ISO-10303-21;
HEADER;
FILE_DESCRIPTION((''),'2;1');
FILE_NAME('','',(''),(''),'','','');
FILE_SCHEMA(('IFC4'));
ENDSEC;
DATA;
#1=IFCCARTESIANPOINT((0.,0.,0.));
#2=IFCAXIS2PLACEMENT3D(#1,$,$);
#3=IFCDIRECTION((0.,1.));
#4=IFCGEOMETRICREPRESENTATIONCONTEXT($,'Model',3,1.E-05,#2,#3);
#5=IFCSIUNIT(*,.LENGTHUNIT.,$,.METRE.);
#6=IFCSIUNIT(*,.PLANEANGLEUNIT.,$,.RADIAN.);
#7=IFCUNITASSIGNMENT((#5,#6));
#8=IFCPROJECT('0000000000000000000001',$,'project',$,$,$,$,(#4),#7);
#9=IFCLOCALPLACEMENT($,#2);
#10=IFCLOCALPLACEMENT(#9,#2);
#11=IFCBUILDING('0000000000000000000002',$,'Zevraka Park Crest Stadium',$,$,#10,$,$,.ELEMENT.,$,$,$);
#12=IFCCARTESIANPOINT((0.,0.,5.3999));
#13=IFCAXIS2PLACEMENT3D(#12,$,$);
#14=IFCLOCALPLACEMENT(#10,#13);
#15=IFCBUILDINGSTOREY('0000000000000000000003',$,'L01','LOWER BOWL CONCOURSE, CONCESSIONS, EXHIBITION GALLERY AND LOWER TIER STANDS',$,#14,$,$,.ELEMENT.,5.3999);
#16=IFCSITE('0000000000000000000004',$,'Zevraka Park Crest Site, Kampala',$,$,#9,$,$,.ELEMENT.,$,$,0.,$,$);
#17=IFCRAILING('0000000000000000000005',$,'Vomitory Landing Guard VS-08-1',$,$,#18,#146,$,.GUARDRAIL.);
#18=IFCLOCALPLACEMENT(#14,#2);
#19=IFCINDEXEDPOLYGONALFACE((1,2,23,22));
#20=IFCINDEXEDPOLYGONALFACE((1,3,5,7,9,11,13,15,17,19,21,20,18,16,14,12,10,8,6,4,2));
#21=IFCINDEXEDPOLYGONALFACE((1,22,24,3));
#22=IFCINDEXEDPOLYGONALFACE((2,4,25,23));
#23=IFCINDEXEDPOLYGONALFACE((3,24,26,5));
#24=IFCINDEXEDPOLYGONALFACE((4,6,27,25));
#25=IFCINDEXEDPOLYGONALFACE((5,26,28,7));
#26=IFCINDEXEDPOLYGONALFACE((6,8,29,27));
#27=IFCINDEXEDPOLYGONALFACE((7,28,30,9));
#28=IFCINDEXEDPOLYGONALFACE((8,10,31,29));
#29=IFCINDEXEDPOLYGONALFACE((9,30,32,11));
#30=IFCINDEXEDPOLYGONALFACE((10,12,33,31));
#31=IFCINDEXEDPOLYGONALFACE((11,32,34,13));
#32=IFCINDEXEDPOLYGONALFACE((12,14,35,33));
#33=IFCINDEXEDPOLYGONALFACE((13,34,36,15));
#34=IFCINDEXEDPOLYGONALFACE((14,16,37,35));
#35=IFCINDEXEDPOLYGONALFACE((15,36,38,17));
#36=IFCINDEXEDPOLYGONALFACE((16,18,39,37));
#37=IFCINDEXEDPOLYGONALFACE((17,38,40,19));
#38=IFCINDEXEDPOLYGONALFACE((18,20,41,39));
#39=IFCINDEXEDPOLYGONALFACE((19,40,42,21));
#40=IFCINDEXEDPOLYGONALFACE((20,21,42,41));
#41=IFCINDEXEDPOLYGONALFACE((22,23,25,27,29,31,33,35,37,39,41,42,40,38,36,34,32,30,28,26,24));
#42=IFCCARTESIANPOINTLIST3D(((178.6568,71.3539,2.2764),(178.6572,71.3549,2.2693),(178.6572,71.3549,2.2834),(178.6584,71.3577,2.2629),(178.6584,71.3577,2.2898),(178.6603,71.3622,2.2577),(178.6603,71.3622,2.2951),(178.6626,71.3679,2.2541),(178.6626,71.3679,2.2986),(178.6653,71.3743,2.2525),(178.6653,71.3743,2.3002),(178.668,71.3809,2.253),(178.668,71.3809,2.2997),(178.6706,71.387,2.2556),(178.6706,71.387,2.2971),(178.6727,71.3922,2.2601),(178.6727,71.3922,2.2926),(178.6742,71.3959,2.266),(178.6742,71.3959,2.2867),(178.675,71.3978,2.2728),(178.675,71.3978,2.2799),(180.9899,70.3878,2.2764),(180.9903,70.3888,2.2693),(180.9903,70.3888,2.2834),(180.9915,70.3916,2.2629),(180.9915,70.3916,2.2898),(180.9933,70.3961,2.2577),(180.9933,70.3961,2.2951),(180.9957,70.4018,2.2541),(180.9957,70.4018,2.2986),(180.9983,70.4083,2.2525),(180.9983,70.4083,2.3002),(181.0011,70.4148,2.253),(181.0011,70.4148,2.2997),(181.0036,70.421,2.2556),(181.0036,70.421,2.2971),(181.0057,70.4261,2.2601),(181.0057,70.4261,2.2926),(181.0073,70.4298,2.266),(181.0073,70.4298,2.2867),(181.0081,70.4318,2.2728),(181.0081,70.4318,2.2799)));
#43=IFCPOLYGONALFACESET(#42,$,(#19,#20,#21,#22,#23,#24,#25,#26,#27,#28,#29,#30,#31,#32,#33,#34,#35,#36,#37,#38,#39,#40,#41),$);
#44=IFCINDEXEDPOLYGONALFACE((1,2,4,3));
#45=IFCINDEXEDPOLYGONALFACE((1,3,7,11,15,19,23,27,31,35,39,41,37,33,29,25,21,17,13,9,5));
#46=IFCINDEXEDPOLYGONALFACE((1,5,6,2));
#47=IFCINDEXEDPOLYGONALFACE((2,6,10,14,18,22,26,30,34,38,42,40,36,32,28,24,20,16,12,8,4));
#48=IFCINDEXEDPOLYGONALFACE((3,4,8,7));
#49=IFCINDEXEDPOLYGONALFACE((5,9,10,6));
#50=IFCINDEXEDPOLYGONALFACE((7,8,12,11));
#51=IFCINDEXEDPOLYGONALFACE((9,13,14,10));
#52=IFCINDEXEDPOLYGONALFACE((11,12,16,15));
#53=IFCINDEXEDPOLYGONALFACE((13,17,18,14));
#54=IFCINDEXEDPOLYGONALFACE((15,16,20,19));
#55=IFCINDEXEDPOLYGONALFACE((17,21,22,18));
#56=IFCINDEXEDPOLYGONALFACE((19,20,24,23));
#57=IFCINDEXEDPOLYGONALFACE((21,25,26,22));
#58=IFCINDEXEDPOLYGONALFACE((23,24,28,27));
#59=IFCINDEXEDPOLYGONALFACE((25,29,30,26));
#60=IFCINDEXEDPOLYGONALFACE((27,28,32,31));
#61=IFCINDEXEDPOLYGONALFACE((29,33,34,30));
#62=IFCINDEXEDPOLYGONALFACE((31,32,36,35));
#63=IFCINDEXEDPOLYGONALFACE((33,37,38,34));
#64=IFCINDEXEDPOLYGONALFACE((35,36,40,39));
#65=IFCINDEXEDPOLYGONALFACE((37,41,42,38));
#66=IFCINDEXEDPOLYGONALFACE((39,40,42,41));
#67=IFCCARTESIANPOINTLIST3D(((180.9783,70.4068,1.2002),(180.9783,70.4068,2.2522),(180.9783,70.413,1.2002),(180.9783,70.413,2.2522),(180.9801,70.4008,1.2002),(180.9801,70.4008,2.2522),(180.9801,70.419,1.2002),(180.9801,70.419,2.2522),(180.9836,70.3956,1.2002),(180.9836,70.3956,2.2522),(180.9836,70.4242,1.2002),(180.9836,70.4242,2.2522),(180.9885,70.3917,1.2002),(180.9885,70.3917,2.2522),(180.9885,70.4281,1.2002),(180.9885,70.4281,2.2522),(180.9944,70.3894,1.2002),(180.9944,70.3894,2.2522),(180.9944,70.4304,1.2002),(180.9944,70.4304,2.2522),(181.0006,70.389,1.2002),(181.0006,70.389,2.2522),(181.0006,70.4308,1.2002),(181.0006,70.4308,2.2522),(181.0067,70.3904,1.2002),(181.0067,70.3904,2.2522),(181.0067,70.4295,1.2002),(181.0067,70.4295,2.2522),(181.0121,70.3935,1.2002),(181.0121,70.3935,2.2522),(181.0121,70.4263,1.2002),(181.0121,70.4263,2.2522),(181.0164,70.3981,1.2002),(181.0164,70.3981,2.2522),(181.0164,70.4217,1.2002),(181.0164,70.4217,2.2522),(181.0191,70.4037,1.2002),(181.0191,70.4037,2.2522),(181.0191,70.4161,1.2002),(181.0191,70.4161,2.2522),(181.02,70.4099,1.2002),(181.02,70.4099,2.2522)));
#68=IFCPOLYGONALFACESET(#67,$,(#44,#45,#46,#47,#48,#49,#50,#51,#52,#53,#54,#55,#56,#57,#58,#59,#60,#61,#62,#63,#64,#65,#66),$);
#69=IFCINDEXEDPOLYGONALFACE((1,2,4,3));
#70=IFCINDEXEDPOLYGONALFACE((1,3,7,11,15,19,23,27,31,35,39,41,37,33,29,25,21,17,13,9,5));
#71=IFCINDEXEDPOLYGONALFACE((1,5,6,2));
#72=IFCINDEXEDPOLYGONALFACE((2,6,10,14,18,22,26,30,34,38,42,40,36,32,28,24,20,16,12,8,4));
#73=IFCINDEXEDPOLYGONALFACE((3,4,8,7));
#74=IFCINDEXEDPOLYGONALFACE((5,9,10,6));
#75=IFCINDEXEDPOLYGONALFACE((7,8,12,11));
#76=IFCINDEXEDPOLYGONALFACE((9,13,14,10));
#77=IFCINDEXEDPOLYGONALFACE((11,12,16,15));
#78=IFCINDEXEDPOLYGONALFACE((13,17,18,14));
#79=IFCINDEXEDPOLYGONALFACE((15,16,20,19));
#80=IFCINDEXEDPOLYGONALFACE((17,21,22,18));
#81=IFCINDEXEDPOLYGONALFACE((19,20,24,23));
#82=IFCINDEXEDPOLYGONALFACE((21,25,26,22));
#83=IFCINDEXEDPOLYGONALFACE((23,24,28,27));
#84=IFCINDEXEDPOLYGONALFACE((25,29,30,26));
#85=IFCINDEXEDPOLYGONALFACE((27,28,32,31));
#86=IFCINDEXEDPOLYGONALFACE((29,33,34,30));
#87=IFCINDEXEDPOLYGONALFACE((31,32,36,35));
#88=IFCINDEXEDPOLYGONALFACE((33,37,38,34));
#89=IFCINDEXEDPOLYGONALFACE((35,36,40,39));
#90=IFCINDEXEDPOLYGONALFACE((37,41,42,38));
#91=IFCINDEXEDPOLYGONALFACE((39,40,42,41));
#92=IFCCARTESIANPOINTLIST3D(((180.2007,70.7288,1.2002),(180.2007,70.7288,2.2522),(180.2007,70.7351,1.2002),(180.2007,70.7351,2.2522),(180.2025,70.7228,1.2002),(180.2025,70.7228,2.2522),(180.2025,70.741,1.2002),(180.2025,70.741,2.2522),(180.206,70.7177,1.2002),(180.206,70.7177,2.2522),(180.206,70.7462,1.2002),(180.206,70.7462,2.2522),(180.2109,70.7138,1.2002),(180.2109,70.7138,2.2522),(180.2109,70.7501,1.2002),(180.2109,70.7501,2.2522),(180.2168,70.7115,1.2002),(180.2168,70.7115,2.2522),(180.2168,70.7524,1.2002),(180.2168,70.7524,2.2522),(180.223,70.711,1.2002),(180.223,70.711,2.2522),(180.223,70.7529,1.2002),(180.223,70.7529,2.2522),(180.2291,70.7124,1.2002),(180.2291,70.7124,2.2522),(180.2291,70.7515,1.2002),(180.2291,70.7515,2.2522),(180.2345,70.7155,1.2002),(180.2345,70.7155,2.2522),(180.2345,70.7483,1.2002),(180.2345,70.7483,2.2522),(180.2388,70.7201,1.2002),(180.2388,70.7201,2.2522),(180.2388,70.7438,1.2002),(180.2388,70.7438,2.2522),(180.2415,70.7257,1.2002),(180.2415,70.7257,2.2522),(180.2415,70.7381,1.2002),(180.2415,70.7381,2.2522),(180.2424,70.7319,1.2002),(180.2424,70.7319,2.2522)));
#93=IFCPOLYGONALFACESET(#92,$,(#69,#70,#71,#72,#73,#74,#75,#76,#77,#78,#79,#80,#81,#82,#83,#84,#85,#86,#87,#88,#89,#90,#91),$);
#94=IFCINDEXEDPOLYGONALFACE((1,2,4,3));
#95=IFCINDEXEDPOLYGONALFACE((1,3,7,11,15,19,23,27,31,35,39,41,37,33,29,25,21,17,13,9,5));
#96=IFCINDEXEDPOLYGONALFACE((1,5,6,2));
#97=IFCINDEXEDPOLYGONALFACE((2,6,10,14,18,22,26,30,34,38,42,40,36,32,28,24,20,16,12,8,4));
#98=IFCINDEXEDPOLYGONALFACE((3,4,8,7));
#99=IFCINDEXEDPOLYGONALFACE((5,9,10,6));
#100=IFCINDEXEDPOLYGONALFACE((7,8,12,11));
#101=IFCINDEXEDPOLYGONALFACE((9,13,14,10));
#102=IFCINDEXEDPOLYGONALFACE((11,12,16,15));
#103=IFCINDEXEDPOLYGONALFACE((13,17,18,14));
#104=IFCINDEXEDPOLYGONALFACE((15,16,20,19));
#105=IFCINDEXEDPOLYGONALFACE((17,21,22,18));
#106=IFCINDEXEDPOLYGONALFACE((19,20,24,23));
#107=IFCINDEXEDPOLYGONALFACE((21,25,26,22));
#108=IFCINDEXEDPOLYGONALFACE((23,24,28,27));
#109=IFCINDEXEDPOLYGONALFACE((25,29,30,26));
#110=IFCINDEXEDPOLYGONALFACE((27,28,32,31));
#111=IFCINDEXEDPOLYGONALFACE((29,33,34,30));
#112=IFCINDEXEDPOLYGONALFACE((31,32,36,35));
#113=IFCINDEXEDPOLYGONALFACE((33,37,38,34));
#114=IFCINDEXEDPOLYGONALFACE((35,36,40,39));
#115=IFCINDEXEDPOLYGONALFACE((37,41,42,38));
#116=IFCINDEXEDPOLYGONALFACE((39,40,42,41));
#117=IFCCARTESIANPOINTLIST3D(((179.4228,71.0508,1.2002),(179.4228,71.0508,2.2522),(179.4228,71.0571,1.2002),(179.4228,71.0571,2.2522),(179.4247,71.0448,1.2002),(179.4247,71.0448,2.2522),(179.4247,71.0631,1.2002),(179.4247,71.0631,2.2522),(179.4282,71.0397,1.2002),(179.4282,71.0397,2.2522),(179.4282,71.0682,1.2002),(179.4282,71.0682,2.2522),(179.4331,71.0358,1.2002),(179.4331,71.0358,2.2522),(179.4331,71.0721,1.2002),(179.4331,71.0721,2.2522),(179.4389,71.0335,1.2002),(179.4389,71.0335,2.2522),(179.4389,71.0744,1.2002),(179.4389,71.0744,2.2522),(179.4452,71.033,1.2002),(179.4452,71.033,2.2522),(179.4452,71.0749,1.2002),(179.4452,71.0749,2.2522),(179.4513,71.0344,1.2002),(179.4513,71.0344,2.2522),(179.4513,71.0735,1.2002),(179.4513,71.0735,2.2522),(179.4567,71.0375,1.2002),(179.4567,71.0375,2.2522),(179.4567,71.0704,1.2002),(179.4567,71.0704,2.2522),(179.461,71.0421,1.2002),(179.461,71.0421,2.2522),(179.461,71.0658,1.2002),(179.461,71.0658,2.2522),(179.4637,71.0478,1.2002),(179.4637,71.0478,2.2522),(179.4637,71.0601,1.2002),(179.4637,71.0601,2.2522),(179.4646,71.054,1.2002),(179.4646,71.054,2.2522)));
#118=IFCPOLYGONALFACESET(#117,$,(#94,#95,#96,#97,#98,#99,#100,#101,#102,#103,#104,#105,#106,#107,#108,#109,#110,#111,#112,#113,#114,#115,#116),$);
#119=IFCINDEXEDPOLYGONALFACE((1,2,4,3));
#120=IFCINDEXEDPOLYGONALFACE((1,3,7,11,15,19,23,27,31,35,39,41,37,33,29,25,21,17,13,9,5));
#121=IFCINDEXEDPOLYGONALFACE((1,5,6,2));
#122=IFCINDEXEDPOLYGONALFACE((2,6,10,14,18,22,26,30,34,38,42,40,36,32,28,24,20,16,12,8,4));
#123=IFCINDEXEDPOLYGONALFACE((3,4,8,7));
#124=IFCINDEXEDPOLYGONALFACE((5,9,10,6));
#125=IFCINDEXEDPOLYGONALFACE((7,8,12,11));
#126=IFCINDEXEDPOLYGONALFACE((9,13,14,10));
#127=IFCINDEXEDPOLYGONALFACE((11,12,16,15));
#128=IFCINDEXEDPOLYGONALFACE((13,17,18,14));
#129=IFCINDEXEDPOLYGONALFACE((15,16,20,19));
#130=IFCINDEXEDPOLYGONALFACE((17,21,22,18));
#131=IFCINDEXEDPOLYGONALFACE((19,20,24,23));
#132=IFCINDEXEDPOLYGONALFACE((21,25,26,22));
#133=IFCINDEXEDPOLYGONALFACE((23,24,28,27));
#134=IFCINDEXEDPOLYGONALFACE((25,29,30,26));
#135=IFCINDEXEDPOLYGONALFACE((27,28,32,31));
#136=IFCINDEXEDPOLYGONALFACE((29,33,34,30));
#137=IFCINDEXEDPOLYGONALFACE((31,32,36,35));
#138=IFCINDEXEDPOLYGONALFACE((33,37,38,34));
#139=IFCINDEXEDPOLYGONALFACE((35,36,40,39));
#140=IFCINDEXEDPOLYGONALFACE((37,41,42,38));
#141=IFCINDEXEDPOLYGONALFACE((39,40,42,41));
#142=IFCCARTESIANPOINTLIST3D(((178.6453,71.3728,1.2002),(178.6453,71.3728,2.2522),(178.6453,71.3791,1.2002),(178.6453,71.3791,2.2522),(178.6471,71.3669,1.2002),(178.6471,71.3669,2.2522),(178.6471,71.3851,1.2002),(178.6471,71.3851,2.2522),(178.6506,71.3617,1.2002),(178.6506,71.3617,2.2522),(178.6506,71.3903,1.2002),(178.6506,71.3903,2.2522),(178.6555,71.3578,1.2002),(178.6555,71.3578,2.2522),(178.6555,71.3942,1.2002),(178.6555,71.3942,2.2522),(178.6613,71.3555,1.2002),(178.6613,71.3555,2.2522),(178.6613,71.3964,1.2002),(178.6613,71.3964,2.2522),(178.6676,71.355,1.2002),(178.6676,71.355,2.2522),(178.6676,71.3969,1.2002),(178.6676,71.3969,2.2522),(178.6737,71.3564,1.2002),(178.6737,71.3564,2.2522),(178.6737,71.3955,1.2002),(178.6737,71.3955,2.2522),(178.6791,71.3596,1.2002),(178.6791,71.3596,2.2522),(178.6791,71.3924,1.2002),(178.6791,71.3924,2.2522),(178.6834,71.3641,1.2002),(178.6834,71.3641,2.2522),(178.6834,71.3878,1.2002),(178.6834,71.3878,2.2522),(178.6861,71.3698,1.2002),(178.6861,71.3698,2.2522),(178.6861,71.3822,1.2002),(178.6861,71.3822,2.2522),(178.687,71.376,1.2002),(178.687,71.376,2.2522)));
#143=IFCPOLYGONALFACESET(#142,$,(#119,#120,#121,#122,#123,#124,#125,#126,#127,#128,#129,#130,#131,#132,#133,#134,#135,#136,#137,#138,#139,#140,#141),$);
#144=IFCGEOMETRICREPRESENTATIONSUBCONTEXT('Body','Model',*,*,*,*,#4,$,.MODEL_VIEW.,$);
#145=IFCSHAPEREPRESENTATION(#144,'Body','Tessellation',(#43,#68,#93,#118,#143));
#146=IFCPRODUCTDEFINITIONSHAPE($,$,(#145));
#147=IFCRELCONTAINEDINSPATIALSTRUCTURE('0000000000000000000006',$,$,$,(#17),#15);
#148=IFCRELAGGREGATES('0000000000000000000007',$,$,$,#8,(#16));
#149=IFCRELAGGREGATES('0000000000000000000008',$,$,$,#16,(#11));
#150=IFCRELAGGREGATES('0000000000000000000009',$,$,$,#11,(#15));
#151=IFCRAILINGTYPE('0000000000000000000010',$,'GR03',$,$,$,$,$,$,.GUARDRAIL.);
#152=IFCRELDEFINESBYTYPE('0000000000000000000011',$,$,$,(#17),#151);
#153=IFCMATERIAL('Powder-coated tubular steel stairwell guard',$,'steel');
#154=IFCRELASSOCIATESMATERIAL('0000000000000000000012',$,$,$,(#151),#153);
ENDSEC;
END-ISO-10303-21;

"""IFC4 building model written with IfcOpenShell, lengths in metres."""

from ifc_helpers import new_model, si_unit, direction, frame, origin, origin_2d, place, context, subcontext, project, spatial, circle, extrude, material, type_object, element, save


model = new_model("IFC4")

# Units and contexts
model_context = context("Model", 3, precision=1e-05, world=origin(), true_north=direction((0.0, 1.0)))
body_context = subcontext(model_context, "Body", "Model", "MODEL_VIEW")
ifc_project = project(units=[si_unit("LENGTHUNIT", "METRE"), si_unit("PLANEANGLEUNIT", "RADIAN")], contexts=[model_context])

# Site, building, storey
site_placement = place(None, origin())
site = spatial("IfcSite", under=ifc_project, at=site_placement, Name="Zevraka Park Crest Site, Kampala", CompositionType="ELEMENT", RefElevation=0.0)
building_placement = place(site_placement, origin())
building = spatial("IfcBuilding", under=site, at=building_placement, Name="Zevraka Park Crest Stadium", CompositionType="ELEMENT")
storey_placement = place(building_placement, frame((0.0, 0.0, 5.3999)))
storey = spatial("IfcBuildingStorey", under=building, at=storey_placement, Name="L01", Description="LOWER BOWL CONCOURSE, CONCESSIONS, EXHIBITION GALLERY AND LOWER TIER STANDS", CompositionType="ELEMENT", Elevation=5.3999)

# Railing
ifc_material_1 = material(Name="Powder-coated tubular steel stairwell guard", Category="steel")
railing_type_1 = type_object("IfcRailingType", Name="GR03", PredefinedType="GUARDRAIL", material=ifc_material_1)
railing_1_placement = place(storey_placement, frame((180.999, 70.4099, 1.2002)))
element("IfcRailing", 1, at=railing_1_placement, inside=storey, type_object=railing_type_1, Name="Vomitory Landing Guard VS-08-1", PredefinedType="GUARDRAIL", context=body_context, shape_type="SweptSolid", body=[
    extrude(circle(Radius=0.0239, at=origin_2d()), frame((0.0, 0.0, 1.0762), z_axis=(-0.923921, 0.382582, 0.0), x_axis=(-0.382582, -0.923921, 0.0)), (0.0, 0.0, 1.0), 2.5251),
    extrude(circle(Radius=0.021, at=origin_2d()), origin(), (0.0, 0.0, 1.0), 1.052),
    extrude(circle(Radius=0.021, at=origin_2d()), frame((-0.7776, 0.322, 0.0)), (0.0, 0.0, 1.0), 1.052),
    extrude(circle(Radius=0.021, at=origin_2d()), frame((-1.5554, 0.644, 0.0)), (0.0, 0.0, 1.0), 1.052),
    extrude(circle(Radius=0.021, at=origin_2d()), frame((-2.333, 0.9661, 0.0)), (0.0, 0.0, 1.0), 1.052),
])

save(model, "model.ifc")
